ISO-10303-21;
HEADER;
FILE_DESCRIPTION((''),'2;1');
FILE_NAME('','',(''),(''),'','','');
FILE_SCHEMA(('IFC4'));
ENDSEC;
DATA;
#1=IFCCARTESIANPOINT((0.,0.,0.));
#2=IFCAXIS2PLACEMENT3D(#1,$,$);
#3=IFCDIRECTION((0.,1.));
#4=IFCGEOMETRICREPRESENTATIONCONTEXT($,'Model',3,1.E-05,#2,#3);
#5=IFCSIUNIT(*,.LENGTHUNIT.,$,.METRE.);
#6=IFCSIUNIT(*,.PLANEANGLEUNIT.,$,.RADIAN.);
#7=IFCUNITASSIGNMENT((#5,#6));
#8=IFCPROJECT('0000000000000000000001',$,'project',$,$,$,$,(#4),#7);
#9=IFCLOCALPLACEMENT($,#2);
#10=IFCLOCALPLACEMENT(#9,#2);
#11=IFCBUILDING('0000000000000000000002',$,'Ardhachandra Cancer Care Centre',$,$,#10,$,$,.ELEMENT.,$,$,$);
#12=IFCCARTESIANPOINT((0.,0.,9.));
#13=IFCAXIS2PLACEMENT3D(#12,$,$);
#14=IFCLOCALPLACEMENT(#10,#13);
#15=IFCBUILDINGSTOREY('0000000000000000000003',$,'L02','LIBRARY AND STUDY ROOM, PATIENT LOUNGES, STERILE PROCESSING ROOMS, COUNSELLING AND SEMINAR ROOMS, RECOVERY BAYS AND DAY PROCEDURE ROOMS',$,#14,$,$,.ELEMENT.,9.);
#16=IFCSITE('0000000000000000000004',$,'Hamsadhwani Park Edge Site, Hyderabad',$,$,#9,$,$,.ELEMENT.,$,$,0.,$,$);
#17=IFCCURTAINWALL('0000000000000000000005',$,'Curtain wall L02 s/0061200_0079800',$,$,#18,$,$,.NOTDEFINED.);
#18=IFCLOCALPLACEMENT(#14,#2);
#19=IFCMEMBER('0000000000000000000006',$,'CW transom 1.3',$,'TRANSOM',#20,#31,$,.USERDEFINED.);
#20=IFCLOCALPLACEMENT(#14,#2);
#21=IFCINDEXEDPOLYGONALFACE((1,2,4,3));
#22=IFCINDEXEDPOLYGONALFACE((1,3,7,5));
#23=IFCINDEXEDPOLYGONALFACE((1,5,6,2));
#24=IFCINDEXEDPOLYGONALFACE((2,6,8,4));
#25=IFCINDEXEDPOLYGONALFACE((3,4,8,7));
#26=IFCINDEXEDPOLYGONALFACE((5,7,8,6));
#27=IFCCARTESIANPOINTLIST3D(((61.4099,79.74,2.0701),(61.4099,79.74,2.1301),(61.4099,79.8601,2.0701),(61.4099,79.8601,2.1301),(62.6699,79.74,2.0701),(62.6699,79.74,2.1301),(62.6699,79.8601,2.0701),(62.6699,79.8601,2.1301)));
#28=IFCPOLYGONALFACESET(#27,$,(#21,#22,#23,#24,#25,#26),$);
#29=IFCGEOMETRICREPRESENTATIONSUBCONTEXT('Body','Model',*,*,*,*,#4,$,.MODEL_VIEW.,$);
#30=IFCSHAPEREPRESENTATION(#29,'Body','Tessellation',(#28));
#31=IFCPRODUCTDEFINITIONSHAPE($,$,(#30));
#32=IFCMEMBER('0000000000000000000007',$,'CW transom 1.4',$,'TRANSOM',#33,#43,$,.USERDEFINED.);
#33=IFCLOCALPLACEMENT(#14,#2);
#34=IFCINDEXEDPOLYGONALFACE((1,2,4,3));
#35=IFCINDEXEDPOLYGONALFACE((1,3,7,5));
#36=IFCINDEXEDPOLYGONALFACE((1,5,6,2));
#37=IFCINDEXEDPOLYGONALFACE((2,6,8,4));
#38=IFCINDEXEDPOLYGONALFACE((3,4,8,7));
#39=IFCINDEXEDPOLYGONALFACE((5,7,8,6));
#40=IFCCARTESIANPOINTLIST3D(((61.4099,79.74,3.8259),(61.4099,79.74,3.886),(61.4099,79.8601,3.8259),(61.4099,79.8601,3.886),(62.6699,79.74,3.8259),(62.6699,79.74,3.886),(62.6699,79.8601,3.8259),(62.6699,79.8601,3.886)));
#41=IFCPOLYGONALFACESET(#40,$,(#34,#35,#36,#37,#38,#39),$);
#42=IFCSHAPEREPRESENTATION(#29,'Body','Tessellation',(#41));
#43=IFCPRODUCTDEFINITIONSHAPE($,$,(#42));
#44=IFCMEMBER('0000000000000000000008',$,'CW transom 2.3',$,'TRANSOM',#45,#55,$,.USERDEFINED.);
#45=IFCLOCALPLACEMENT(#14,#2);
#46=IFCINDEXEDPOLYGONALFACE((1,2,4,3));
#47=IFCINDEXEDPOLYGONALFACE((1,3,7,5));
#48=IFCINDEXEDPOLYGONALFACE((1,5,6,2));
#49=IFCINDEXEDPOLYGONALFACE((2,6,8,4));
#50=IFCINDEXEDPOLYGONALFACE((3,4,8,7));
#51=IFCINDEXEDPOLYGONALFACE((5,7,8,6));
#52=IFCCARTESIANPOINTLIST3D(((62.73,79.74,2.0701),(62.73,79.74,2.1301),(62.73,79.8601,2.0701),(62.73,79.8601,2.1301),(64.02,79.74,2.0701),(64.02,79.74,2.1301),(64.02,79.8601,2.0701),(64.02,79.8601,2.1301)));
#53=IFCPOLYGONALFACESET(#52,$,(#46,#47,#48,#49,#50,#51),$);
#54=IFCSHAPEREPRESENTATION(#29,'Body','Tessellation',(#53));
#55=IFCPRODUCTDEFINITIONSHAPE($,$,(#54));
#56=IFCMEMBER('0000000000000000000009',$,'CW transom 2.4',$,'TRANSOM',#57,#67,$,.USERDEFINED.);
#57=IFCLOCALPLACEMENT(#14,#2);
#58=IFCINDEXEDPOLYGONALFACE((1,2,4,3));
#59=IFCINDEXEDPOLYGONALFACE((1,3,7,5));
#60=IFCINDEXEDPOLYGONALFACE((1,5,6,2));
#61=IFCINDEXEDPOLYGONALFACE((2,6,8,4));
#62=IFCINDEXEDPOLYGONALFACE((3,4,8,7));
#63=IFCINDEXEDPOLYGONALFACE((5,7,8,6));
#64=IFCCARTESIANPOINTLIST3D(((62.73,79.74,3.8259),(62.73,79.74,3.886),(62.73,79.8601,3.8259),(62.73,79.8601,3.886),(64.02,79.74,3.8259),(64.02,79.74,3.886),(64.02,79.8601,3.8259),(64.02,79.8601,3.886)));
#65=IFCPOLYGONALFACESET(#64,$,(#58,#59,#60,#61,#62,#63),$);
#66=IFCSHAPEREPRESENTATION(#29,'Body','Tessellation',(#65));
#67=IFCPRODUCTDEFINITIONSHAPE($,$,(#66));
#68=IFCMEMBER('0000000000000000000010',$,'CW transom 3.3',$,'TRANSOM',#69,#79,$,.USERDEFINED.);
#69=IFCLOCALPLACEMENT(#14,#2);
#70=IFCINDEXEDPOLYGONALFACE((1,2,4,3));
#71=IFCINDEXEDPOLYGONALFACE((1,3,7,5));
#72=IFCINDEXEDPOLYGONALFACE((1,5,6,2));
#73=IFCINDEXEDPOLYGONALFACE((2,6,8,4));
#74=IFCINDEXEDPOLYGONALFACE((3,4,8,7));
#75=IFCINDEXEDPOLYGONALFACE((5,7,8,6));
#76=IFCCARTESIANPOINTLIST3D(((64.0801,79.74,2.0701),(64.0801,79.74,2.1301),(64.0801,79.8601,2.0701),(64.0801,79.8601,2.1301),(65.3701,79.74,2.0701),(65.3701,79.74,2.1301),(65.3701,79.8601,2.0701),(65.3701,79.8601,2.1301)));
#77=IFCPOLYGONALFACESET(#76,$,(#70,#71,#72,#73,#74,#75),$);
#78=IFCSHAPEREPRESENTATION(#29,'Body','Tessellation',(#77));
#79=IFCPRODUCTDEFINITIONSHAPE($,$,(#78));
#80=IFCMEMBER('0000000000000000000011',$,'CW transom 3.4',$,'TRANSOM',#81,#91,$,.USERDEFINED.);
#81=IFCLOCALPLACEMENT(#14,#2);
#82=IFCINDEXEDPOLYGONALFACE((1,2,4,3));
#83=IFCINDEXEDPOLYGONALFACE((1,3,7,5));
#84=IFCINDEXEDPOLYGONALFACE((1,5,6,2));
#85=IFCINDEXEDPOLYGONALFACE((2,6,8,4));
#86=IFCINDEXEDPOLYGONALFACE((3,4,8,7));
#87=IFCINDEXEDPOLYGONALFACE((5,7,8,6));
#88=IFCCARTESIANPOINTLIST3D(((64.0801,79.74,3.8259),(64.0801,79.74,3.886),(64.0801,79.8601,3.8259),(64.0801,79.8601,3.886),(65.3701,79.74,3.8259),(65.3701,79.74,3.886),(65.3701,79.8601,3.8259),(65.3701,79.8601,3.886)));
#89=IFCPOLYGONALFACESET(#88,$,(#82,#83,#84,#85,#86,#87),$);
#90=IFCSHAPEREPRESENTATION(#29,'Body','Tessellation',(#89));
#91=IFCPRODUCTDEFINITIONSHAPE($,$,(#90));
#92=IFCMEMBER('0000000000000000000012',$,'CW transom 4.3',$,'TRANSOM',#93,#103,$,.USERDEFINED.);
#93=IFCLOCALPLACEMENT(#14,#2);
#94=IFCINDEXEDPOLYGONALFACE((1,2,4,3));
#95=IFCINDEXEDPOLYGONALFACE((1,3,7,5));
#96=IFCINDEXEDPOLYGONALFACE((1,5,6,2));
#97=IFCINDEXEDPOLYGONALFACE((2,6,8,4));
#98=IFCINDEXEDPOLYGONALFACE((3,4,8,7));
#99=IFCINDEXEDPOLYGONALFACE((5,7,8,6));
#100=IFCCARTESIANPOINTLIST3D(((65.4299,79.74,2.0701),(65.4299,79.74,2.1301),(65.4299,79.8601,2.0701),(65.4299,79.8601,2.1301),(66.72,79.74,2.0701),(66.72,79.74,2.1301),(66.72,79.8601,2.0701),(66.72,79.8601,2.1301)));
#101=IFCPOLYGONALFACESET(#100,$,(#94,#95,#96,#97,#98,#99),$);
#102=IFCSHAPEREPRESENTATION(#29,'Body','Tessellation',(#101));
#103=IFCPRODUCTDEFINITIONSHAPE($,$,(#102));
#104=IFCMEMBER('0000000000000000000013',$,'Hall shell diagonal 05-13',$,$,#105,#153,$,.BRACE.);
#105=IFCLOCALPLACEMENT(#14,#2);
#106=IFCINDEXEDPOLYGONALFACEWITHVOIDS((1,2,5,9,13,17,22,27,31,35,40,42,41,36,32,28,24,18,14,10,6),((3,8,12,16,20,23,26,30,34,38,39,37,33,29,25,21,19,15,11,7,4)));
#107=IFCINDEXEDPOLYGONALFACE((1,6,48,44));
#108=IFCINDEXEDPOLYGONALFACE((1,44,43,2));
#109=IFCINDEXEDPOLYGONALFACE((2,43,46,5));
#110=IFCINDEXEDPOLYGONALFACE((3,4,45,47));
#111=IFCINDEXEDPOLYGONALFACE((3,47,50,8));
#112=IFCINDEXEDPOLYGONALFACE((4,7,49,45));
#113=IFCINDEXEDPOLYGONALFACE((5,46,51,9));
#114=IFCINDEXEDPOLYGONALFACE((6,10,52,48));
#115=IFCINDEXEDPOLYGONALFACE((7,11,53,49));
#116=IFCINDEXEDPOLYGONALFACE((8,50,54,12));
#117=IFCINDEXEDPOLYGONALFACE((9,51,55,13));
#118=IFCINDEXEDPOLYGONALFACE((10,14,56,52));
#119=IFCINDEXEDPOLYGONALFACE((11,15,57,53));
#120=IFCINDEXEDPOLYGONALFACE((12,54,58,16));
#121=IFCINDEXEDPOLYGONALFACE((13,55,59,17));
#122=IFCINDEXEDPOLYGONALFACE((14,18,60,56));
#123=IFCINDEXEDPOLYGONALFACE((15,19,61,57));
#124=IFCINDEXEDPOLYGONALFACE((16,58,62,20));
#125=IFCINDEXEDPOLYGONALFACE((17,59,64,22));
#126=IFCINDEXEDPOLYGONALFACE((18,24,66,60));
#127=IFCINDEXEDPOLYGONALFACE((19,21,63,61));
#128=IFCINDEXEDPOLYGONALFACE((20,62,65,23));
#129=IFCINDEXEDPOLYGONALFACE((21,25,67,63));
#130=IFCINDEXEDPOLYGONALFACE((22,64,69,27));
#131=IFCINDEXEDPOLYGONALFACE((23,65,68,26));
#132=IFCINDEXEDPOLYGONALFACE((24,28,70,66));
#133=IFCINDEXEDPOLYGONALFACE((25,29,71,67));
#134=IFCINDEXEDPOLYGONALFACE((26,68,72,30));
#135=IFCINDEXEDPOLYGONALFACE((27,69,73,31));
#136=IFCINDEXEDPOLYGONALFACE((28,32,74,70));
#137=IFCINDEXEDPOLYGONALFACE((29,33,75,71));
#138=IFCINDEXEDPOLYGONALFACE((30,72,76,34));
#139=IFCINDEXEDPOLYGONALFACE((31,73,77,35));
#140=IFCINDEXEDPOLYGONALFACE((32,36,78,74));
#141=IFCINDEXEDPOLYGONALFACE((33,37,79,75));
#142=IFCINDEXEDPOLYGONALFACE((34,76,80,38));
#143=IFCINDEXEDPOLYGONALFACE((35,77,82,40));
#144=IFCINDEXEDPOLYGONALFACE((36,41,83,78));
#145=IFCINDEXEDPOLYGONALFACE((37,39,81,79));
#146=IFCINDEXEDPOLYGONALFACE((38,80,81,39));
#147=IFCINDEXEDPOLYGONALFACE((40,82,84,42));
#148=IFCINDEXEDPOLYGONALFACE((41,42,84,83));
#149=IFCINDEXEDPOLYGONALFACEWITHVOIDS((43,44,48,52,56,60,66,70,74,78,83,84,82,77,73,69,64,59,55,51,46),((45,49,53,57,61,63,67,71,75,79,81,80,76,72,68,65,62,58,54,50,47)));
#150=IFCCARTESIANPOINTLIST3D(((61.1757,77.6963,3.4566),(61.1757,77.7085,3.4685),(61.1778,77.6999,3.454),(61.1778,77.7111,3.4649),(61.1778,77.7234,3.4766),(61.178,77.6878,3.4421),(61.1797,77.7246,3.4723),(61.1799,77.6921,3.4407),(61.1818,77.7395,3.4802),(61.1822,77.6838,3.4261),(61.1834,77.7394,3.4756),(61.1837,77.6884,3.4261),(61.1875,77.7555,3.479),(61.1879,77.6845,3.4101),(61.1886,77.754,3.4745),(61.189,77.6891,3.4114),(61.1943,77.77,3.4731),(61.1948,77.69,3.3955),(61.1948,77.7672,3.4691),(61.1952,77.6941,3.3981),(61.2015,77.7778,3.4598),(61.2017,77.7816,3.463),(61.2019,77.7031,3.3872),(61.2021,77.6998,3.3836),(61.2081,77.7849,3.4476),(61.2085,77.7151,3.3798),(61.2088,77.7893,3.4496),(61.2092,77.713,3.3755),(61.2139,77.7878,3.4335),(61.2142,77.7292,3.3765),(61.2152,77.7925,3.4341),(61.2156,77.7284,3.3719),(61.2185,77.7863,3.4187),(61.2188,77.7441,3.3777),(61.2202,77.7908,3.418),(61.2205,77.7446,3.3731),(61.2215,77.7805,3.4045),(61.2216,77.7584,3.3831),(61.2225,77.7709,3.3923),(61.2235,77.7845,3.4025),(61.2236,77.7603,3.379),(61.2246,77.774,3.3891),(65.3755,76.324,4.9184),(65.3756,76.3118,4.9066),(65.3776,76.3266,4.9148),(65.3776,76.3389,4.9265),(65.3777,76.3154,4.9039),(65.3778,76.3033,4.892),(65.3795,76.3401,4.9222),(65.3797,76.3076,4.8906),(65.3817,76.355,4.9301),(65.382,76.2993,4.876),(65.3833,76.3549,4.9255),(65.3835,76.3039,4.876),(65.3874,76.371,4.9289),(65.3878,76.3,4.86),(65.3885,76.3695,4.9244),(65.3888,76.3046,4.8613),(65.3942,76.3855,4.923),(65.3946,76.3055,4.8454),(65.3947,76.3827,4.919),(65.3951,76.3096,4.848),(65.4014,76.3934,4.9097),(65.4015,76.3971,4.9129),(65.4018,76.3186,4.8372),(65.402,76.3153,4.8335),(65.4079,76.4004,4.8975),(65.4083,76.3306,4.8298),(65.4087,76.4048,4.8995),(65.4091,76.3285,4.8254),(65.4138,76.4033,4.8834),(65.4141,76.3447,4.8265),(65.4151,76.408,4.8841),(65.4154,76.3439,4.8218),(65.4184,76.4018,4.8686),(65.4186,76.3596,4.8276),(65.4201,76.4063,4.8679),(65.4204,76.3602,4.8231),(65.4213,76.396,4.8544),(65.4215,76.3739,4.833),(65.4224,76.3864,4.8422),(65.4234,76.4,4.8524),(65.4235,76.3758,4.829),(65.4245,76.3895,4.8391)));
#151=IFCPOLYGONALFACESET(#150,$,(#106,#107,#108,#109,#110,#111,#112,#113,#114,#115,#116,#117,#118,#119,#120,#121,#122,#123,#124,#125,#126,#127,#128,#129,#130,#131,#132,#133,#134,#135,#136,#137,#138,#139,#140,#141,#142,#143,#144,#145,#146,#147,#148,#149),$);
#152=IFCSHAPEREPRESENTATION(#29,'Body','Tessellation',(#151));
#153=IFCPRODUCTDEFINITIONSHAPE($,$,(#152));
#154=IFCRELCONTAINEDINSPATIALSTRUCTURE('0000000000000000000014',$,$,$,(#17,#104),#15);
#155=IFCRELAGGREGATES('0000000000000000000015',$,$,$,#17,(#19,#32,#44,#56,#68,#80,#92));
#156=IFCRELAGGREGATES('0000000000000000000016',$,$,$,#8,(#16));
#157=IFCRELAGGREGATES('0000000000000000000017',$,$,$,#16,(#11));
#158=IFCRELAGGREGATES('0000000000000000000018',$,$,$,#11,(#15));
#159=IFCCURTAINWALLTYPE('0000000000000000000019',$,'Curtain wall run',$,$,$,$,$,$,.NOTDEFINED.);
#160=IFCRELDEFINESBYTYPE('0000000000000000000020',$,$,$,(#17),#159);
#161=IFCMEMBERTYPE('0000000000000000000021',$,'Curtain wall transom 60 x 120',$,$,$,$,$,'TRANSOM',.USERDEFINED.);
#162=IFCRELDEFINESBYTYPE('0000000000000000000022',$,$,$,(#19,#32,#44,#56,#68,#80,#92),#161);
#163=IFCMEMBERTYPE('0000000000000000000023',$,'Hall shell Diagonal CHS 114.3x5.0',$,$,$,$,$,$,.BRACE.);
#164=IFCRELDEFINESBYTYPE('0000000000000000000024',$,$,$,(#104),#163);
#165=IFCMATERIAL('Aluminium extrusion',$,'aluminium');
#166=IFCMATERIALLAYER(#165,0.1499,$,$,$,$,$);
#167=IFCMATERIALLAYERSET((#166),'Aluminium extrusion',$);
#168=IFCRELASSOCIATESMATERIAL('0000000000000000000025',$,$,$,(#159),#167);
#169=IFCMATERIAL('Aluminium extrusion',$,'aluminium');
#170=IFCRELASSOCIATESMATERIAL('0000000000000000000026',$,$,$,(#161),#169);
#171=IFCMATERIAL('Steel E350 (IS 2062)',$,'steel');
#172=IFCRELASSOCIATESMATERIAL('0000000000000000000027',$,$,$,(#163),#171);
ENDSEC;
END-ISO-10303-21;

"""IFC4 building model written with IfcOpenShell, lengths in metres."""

from ifc_helpers import new_model, si_unit, direction, frame, origin, origin_2d, place, context, subcontext, project, spatial, rectangle, hollow_circle, extrude, material, layer, layer_set, material_profile, profile_set, type_object, element, aggregate, save


model = new_model("IFC4")

# Units and contexts
model_context = context("Model", 3, precision=1e-05, world=origin(), true_north=direction((0.0, 1.0)))
body_context = subcontext(model_context, "Body", "Model", "MODEL_VIEW")
ifc_project = project(units=[si_unit("LENGTHUNIT", "METRE"), si_unit("PLANEANGLEUNIT", "RADIAN")], contexts=[model_context])

# Site, building, storey
site_placement = place(None, origin())
site = spatial("IfcSite", under=ifc_project, at=site_placement, Name="Hamsadhwani Park Edge Site, Hyderabad", CompositionType="ELEMENT", RefElevation=0.0)
building_placement = place(site_placement, origin())
building = spatial("IfcBuilding", under=site, at=building_placement, Name="Ardhachandra Cancer Care Centre", CompositionType="ELEMENT")
storey_placement = place(building_placement, frame((0.0, 0.0, 9.0)))
storey = spatial("IfcBuildingStorey", under=building, at=storey_placement, Name="L02", Description="LIBRARY AND STUDY ROOM, PATIENT LOUNGES, STERILE PROCESSING ROOMS, COUNSELLING AND SEMINAR ROOMS, RECOVERY BAYS AND DAY PROCEDURE ROOMS", CompositionType="ELEMENT", Elevation=9.0)

# Curtain wall, members
ifc_material_1 = material(Name="Aluminium extrusion", Category="aluminium")
ifc_layer_1 = layer(ifc_material_1, 0.1499)
ifc_layer_set_1 = layer_set([ifc_layer_1], Name="Aluminium extrusion")
curtain_wall_type = type_object("IfcCurtainWallType", Name="Curtain wall run", PredefinedType="NOTDEFINED", material=ifc_layer_set_1)
curtain_wall_placement = place(storey_placement, origin())
curtain_wall = element("IfcCurtainWall", 1, at=curtain_wall_placement, inside=storey, type_object=curtain_wall_type, Name="Curtain wall L02 s/0061200_0079800", PredefinedType="NOTDEFINED")
ifc_material_2 = material(Name="Aluminium extrusion", Category="aluminium")
ifc_material_profile_1 = material_profile(ifc_material_2, rectangle(XDim=0.1201, YDim=0.0601, at=origin_2d()), Name="Curtain wall transom 60 x 120")
ifc_profile_set_1 = profile_set([ifc_material_profile_1], Name="Aluminium extrusion")
member_type_1 = type_object("IfcMemberType", Name="Curtain wall transom 60 x 120", ElementType="TRANSOM", PredefinedType="USERDEFINED", material=ifc_profile_set_1)
member_1_placement = place(storey_placement, frame((61.4099, 79.8, 2.1001), z_axis=(1.0, 0.0, 0.0), x_axis=(0.0, 1.0, 0.0)))
member_1 = element("IfcMember", 2, at=member_1_placement, type_object=member_type_1, Name="CW transom 1.3", ObjectType="TRANSOM", PredefinedType="USERDEFINED", context=body_context, shape_type="SweptSolid", body=[
    extrude(rectangle(XDim=0.1201, YDim=0.0601, at=origin_2d()), origin(), (0.0, 0.0, 1.0), 1.26),
])
member_2_placement = place(storey_placement, frame((61.4099, 79.8, 3.856), z_axis=(1.0, 0.0, 0.0), x_axis=(0.0, 1.0, 0.0)))
member_2 = element("IfcMember", 3, at=member_2_placement, type_object=member_type_1, Name="CW transom 1.4", ObjectType="TRANSOM", PredefinedType="USERDEFINED", context=body_context, shape_type="SweptSolid", body=[
    extrude(rectangle(XDim=0.1201, YDim=0.0601, at=origin_2d()), origin(), (0.0, 0.0, 1.0), 1.26),
])
member_3_placement = place(storey_placement, frame((62.73, 79.8, 2.1001), z_axis=(1.0, 0.0, 0.0), x_axis=(0.0, 1.0, 0.0)))
member_3 = element("IfcMember", 4, at=member_3_placement, type_object=member_type_1, Name="CW transom 2.3", ObjectType="TRANSOM", PredefinedType="USERDEFINED", context=body_context, shape_type="SweptSolid", body=[
    extrude(rectangle(XDim=0.1201, YDim=0.0601, at=origin_2d()), origin(), (0.0, 0.0, 1.0), 1.29),
])
member_4_placement = place(storey_placement, frame((62.73, 79.8, 3.856), z_axis=(1.0, 0.0, 0.0), x_axis=(0.0, 1.0, 0.0)))
member_4 = element("IfcMember", 5, at=member_4_placement, type_object=member_type_1, Name="CW transom 2.4", ObjectType="TRANSOM", PredefinedType="USERDEFINED", context=body_context, shape_type="SweptSolid", body=[
    extrude(rectangle(XDim=0.1201, YDim=0.0601, at=origin_2d()), origin(), (0.0, 0.0, 1.0), 1.29),
])
member_5_placement = place(storey_placement, frame((64.0801, 79.8, 2.1001), z_axis=(1.0, 0.0, 0.0), x_axis=(0.0, 1.0, 0.0)))
member_5 = element("IfcMember", 6, at=member_5_placement, type_object=member_type_1, Name="CW transom 3.3", ObjectType="TRANSOM", PredefinedType="USERDEFINED", context=body_context, shape_type="SweptSolid", body=[
    extrude(rectangle(XDim=0.1201, YDim=0.0601, at=origin_2d()), origin(), (0.0, 0.0, 1.0), 1.29),
])
member_6_placement = place(storey_placement, frame((64.0801, 79.8, 3.856), z_axis=(1.0, 0.0, 0.0), x_axis=(0.0, 1.0, 0.0)))
member_6 = element("IfcMember", 7, at=member_6_placement, type_object=member_type_1, Name="CW transom 3.4", ObjectType="TRANSOM", PredefinedType="USERDEFINED", context=body_context, shape_type="SweptSolid", body=[
    extrude(rectangle(XDim=0.1201, YDim=0.0601, at=origin_2d()), origin(), (0.0, 0.0, 1.0), 1.29),
])
member_7_placement = place(storey_placement, frame((65.4299, 79.8, 2.1001), z_axis=(1.0, 0.0, 0.0), x_axis=(0.0, 1.0, 0.0)))
member_7 = element("IfcMember", 8, at=member_7_placement, type_object=member_type_1, Name="CW transom 4.3", ObjectType="TRANSOM", PredefinedType="USERDEFINED", context=body_context, shape_type="SweptSolid", body=[
    extrude(rectangle(XDim=0.1201, YDim=0.0601, at=origin_2d()), origin(), (0.0, 0.0, 1.0), 1.29),
])

# Member
ifc_material_3 = material(Name="Steel E350 (IS 2062)", Category="steel")
ifc_material_profile_2 = material_profile(ifc_material_3, hollow_circle(Radius=0.0571, WallThickness=0.0049, at=origin_2d()), Name="CHS 114.3x5.0")
ifc_profile_set_2 = profile_set([ifc_material_profile_2], Name="Steel E350 (IS 2062)")
member_type_2 = type_object("IfcMemberType", Name="Hall shell Diagonal CHS 114.3x5.0", PredefinedType="BRACE", material=ifc_profile_set_2)
member_8_placement = place(storey_placement, frame((65.3999, 76.3535, 4.876), z_axis=(-0.902457, 0.297497, -0.311556), x_axis=(-0.313079, -0.949727, 0.0)))
element("IfcMember", 9, at=member_8_placement, inside=storey, type_object=member_type_2, Name="Hall shell diagonal 05-13", PredefinedType="BRACE", context=body_context, shape_type="SweptSolid", body=[
    extrude(hollow_circle(Radius=0.0571, WallThickness=0.0049, at=origin_2d()), origin(), (0.0, 0.0, 1.0), 4.6538),
])

aggregate(curtain_wall, [member_1, member_2, member_3, member_4, member_5, member_6, member_7])

save(model, "model.ifc")
